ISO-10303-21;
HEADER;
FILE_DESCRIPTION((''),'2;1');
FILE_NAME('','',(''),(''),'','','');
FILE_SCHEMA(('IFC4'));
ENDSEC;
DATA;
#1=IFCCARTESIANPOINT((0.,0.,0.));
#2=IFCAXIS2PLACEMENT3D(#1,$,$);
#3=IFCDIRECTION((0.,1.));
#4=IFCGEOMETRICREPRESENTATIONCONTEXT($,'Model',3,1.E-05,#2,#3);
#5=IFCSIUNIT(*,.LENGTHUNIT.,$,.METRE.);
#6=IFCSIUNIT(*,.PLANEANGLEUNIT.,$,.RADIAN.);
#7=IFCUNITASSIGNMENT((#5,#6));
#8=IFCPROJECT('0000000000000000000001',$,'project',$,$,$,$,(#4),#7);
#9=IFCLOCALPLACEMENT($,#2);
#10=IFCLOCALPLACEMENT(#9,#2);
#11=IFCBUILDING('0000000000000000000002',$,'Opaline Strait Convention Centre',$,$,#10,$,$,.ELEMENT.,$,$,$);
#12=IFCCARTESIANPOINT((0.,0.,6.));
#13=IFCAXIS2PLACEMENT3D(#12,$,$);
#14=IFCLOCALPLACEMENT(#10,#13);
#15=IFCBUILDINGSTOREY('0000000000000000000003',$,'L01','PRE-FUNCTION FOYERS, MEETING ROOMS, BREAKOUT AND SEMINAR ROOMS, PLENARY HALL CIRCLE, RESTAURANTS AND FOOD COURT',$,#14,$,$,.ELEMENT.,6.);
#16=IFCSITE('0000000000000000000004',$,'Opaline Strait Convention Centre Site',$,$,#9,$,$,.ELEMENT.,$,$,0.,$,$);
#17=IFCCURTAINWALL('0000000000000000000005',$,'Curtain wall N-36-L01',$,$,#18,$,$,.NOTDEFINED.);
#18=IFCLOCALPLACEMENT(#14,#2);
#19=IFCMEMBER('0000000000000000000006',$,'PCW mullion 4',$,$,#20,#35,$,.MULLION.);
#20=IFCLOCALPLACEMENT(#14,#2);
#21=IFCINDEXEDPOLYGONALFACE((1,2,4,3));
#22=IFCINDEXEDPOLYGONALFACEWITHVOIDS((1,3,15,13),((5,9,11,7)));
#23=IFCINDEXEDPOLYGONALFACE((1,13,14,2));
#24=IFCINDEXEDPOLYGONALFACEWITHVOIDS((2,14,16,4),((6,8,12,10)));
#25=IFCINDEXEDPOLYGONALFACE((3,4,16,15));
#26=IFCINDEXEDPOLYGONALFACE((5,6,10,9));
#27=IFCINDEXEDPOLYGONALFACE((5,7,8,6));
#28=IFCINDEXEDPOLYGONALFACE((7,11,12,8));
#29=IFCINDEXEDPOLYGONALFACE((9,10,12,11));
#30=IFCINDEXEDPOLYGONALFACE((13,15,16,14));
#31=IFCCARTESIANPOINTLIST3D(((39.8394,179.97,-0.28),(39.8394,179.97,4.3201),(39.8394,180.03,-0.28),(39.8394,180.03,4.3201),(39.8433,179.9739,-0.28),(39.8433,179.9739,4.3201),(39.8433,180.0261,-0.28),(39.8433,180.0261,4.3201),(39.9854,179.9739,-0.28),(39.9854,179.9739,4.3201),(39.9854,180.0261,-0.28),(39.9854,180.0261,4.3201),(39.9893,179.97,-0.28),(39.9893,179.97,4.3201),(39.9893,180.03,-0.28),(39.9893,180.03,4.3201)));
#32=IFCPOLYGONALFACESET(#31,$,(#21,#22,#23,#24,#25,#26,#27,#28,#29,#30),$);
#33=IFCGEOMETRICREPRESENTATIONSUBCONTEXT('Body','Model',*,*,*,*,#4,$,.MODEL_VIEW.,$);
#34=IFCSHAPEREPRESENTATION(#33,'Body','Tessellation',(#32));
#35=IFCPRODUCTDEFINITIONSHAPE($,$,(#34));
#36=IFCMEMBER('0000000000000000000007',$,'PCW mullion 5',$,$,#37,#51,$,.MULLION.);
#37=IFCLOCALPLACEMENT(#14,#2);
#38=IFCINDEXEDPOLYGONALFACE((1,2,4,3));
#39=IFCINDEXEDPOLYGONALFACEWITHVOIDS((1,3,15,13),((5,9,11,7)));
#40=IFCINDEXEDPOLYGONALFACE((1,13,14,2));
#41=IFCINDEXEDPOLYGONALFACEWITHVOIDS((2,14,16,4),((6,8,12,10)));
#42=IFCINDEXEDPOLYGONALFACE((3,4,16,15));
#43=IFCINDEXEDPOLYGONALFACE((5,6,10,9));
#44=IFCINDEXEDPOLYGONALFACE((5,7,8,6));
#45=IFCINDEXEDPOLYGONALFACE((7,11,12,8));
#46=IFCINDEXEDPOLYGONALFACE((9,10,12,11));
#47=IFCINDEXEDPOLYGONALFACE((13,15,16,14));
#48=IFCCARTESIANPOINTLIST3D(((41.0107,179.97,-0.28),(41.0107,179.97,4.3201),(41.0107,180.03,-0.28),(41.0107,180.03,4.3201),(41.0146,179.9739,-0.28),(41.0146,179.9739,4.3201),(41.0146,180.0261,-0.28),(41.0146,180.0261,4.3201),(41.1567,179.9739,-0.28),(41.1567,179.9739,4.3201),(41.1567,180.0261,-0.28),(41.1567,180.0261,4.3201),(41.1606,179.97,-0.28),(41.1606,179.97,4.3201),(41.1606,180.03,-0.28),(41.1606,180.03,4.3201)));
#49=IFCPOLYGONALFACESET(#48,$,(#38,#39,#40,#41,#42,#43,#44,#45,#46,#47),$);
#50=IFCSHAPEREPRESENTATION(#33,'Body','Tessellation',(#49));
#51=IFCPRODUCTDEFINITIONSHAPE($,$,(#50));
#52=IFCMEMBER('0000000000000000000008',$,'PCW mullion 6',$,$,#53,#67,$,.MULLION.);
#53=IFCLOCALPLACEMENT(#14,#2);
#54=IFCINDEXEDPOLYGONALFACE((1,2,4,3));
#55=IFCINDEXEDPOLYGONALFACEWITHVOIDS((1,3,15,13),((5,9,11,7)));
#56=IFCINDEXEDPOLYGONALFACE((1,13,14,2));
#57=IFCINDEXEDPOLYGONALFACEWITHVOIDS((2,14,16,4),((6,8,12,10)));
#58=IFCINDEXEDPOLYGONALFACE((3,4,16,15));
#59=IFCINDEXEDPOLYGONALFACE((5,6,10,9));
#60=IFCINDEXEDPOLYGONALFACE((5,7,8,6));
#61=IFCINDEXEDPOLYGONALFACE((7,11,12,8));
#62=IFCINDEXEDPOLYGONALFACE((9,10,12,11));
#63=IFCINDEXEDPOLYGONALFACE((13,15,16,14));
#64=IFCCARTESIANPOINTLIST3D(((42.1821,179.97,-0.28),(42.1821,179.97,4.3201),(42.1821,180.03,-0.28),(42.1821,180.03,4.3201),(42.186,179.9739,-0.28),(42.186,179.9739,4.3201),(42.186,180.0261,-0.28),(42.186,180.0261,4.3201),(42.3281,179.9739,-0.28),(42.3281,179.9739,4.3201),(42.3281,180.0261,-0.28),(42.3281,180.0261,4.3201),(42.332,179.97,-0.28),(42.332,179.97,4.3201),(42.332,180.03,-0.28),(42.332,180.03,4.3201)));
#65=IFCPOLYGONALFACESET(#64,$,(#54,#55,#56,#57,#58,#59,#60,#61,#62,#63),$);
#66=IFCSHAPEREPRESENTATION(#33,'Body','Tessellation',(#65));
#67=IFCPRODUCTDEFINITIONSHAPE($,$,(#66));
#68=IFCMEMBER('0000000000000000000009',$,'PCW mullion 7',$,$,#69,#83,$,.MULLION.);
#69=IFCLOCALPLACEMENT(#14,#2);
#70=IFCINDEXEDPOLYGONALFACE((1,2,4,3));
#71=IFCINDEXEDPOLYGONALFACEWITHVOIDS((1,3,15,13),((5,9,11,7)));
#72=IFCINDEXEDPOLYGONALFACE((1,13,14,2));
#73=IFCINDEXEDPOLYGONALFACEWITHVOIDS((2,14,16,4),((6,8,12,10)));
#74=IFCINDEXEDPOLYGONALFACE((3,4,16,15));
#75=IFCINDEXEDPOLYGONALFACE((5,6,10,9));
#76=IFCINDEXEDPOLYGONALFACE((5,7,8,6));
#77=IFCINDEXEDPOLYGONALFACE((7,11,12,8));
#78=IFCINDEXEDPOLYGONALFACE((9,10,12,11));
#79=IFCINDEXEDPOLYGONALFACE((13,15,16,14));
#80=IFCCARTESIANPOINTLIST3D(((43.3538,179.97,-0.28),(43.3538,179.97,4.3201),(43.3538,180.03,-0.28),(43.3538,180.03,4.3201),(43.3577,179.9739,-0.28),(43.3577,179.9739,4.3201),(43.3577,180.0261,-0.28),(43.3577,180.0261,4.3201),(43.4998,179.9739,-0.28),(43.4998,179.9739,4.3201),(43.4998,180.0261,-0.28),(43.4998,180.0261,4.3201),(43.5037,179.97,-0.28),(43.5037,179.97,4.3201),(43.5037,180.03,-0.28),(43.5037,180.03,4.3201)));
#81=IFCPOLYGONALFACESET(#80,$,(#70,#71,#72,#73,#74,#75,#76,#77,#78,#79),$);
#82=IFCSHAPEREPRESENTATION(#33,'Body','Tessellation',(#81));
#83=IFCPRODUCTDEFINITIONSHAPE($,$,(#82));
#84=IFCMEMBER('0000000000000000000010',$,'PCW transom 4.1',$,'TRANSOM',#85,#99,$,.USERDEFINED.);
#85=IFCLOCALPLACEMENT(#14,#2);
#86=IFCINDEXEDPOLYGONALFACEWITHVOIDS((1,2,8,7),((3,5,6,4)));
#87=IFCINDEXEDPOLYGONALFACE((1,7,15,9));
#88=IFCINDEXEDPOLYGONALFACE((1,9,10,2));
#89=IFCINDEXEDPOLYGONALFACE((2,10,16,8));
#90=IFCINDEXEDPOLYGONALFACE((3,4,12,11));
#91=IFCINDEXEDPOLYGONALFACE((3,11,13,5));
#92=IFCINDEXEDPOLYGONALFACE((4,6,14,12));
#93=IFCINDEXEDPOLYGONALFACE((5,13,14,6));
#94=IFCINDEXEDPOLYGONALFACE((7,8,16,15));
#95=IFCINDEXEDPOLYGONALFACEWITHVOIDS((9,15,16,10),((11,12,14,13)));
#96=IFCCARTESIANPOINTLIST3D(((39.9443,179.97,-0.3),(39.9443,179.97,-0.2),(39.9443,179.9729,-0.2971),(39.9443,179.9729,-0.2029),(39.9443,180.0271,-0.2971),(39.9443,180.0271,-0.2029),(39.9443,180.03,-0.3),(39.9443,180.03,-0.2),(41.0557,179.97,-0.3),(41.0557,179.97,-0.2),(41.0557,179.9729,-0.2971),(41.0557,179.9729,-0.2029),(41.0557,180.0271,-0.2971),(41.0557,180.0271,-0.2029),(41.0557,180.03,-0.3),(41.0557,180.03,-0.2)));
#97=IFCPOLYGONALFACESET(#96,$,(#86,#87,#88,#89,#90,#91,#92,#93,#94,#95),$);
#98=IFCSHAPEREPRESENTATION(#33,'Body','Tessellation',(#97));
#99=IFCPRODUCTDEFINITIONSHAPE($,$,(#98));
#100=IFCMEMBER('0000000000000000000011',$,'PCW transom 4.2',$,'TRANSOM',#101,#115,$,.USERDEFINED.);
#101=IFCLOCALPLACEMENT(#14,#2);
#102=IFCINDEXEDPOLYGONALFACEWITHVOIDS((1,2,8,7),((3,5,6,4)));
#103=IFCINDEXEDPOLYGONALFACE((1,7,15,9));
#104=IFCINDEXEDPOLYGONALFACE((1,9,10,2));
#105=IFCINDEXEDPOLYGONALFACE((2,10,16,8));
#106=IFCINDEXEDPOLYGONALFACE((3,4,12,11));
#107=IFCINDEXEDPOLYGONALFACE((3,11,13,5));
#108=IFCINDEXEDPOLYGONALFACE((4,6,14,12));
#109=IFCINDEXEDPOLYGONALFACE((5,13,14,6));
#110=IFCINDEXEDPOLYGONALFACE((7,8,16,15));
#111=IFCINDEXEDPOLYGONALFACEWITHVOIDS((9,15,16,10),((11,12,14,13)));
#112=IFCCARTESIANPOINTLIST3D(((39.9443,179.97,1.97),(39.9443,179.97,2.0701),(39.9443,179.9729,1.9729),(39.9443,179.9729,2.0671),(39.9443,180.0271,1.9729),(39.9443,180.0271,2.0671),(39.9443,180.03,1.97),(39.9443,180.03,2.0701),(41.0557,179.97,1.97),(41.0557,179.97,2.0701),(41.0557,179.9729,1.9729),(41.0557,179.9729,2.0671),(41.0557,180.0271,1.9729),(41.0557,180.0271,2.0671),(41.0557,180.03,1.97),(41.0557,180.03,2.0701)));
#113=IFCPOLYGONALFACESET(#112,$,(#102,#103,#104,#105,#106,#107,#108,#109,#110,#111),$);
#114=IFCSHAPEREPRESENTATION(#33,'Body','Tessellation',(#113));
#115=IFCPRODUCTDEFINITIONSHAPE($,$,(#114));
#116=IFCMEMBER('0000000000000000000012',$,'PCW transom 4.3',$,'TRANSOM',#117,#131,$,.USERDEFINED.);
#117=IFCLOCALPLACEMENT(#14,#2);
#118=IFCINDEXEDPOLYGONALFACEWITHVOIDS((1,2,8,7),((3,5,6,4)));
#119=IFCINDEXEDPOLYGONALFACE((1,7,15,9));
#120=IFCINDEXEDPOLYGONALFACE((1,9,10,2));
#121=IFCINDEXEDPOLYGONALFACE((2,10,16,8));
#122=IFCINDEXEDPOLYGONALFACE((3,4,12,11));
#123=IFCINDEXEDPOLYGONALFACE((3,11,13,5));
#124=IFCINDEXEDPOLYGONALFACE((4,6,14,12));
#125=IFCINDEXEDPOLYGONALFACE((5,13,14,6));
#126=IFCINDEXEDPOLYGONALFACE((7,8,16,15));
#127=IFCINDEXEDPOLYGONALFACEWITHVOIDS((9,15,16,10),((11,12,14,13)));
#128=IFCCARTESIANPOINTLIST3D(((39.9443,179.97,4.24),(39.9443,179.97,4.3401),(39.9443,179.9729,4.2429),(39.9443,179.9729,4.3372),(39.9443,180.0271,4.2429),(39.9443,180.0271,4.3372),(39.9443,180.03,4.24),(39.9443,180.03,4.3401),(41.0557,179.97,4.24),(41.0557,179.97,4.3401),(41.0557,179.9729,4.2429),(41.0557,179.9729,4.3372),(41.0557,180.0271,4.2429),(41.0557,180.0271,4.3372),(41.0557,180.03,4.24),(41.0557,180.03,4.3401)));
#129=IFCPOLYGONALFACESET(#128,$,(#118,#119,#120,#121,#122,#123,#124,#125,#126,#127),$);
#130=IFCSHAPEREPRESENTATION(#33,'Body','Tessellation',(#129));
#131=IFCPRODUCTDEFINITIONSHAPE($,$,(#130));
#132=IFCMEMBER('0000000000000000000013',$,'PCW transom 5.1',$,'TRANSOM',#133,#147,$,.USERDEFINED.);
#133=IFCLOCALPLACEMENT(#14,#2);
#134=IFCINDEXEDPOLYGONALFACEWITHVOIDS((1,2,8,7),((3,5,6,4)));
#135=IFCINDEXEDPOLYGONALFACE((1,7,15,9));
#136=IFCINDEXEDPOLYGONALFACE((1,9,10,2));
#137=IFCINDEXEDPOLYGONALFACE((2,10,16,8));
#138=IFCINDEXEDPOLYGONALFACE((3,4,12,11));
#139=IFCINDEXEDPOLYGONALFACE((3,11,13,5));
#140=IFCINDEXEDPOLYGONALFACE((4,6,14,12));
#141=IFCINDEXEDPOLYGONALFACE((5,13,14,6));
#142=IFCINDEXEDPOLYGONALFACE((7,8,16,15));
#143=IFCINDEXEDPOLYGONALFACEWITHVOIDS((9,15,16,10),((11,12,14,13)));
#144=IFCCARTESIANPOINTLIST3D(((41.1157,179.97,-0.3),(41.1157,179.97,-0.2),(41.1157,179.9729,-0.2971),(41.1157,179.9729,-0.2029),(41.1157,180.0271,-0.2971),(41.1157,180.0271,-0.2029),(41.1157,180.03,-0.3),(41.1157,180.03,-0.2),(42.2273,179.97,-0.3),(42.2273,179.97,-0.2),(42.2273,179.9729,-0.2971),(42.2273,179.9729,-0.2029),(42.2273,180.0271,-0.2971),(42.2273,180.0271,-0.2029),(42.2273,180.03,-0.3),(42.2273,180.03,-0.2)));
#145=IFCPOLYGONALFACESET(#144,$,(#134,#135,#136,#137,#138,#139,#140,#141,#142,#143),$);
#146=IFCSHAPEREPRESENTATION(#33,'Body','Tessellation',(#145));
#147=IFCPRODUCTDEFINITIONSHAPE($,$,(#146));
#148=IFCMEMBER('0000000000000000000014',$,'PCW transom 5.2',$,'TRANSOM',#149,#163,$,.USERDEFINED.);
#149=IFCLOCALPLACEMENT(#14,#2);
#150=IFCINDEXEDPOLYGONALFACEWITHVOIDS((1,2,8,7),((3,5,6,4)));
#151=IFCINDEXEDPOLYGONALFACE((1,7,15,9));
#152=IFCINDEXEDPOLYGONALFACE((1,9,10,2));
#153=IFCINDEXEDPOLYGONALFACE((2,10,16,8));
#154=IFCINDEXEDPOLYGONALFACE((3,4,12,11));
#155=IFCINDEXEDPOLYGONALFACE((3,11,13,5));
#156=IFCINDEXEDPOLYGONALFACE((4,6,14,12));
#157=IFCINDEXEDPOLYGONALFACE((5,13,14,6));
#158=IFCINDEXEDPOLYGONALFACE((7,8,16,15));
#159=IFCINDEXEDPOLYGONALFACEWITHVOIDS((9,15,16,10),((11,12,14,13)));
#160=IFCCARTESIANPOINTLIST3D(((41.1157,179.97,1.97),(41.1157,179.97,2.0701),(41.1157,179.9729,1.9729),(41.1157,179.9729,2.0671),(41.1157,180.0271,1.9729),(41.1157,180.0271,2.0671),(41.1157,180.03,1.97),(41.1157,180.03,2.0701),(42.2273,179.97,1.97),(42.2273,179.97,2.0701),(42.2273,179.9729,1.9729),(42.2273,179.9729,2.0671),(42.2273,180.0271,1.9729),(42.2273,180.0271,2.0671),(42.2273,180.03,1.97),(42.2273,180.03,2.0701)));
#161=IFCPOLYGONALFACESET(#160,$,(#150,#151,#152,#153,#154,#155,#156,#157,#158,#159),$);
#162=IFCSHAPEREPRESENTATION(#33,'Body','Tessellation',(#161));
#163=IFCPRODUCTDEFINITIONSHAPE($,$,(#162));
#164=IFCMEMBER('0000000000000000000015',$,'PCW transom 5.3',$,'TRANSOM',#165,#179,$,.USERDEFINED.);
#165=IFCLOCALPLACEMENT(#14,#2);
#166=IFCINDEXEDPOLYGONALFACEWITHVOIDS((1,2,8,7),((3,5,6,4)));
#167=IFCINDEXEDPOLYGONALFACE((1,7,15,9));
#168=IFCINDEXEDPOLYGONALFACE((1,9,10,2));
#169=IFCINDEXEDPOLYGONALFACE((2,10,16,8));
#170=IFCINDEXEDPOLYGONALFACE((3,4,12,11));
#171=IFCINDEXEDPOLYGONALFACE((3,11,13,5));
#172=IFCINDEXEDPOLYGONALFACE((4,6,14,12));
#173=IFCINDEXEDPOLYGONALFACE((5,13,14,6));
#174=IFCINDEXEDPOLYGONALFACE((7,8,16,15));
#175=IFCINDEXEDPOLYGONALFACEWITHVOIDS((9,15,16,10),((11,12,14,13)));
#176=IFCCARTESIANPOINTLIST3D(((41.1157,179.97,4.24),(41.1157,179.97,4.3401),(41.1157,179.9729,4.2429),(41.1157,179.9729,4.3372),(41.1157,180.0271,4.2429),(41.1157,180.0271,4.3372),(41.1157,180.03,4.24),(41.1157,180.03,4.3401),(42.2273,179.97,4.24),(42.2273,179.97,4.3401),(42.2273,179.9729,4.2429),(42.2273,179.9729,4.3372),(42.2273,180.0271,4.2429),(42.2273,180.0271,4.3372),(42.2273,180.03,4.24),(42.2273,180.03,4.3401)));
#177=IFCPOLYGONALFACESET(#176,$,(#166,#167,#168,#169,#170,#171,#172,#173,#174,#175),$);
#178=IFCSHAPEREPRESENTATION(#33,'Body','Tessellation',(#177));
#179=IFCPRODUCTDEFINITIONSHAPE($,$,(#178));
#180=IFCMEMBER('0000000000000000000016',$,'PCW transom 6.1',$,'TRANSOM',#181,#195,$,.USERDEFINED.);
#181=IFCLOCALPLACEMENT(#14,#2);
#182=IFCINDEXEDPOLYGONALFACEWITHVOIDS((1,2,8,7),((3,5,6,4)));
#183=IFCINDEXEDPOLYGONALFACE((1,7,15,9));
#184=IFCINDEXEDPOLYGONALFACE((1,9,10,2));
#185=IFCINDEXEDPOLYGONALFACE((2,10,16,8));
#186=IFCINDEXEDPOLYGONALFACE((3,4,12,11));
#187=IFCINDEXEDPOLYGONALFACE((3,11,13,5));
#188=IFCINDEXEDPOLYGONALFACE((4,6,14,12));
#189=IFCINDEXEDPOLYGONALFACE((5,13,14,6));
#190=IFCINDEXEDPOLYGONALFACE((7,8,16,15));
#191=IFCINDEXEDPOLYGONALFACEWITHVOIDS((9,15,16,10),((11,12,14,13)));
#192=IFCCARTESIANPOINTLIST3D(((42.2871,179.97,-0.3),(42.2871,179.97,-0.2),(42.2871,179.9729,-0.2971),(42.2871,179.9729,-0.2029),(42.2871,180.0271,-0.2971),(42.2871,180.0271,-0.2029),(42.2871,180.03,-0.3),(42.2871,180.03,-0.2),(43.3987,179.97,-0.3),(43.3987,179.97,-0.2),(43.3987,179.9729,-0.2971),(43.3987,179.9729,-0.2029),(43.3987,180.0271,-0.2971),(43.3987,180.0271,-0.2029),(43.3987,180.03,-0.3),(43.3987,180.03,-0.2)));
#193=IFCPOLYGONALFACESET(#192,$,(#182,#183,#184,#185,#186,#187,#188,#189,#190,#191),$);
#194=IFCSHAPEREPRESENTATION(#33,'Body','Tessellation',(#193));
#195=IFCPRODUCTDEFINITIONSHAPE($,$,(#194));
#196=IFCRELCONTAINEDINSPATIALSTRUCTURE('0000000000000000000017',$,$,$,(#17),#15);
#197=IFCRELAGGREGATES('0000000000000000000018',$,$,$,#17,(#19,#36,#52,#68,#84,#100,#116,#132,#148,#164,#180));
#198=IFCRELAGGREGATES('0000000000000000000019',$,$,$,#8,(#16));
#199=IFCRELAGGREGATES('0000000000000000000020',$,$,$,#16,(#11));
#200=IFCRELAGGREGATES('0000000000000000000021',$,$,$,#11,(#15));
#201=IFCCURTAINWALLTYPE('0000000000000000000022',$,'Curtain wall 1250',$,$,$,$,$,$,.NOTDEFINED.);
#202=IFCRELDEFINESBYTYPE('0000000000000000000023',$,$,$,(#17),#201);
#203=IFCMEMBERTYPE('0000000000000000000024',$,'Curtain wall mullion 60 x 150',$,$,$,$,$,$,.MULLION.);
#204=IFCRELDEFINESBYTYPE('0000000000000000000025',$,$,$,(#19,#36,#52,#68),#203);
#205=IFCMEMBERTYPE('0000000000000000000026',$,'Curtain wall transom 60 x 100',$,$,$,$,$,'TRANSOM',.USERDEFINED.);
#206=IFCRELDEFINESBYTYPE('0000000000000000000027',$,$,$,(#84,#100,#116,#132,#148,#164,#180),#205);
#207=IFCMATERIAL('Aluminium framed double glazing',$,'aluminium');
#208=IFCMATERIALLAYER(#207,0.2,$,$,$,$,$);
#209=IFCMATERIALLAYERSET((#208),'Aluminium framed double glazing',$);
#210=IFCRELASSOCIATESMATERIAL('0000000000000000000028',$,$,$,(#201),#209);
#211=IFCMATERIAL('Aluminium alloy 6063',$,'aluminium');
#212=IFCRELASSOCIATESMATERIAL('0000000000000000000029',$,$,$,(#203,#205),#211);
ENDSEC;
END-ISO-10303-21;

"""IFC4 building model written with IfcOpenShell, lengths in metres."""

from ifc_helpers import new_model, si_unit, direction, frame, origin, origin_2d, place, context, subcontext, project, spatial, hollow_rectangle, extrude, material, layer, layer_set, material_profile, profile_set, type_object, element, aggregate, save


model = new_model("IFC4")

# Units and contexts
model_context = context("Model", 3, precision=1e-05, world=origin(), true_north=direction((0.0, 1.0)))
body_context = subcontext(model_context, "Body", "Model", "MODEL_VIEW")
ifc_project = project(units=[si_unit("LENGTHUNIT", "METRE"), si_unit("PLANEANGLEUNIT", "RADIAN")], contexts=[model_context])

# Site, building, storey
site_placement = place(None, origin())
site = spatial("IfcSite", under=ifc_project, at=site_placement, Name="Opaline Strait Convention Centre Site", CompositionType="ELEMENT", RefElevation=0.0)
building_placement = place(site_placement, origin())
building = spatial("IfcBuilding", under=site, at=building_placement, Name="Opaline Strait Convention Centre", CompositionType="ELEMENT")
storey_placement = place(building_placement, frame((0.0, 0.0, 6.0)))
storey = spatial("IfcBuildingStorey", under=building, at=storey_placement, Name="L01", Description="PRE-FUNCTION FOYERS, MEETING ROOMS, BREAKOUT AND SEMINAR ROOMS, PLENARY HALL CIRCLE, RESTAURANTS AND FOOD COURT", CompositionType="ELEMENT", Elevation=6.0)

# Curtain wall, members
ifc_material_1 = material(Name="Aluminium framed double glazing", Category="aluminium")
ifc_layer_1 = layer(ifc_material_1, 0.2)
ifc_layer_set_1 = layer_set([ifc_layer_1], Name="Aluminium framed double glazing")
curtain_wall_type = type_object("IfcCurtainWallType", Name="Curtain wall 1250", PredefinedType="NOTDEFINED", material=ifc_layer_set_1)
curtain_wall_placement = place(storey_placement, origin())
curtain_wall = element("IfcCurtainWall", 1, at=curtain_wall_placement, inside=storey, type_object=curtain_wall_type, Name="Curtain wall N-36-L01", PredefinedType="NOTDEFINED")
ifc_material_2 = material(Name="Aluminium alloy 6063", Category="aluminium")
ifc_material_profile_1 = material_profile(ifc_material_2, hollow_rectangle(XDim=0.0601, YDim=0.1499, WallThickness=0.0039, at=origin_2d()), Name="MULLION 60x150x4")
ifc_profile_set_1 = profile_set([ifc_material_profile_1], Name="Aluminium alloy 6063")
member_type_1 = type_object("IfcMemberType", Name="Curtain wall mullion 60 x 150", PredefinedType="MULLION", material=ifc_profile_set_1)
member_1_placement = place(storey_placement, frame((39.9143, 180.0, -0.28), z_axis=(0.0, 0.0, 1.0), x_axis=(0.0, 1.0, 0.0)))
member_1 = element("IfcMember", 2, at=member_1_placement, type_object=member_type_1, Name="PCW mullion 4", PredefinedType="MULLION", context=body_context, shape_type="SweptSolid", body=[
    extrude(hollow_rectangle(XDim=0.0601, YDim=0.1499, WallThickness=0.0039, at=origin_2d()), origin(), (0.0, 0.0, 1.0), 4.6001),
])
member_2_placement = place(storey_placement, frame((41.0857, 180.0, -0.28), z_axis=(0.0, 0.0, 1.0), x_axis=(0.0, 1.0, 0.0)))
member_2 = element("IfcMember", 3, at=member_2_placement, type_object=member_type_1, Name="PCW mullion 5", PredefinedType="MULLION", context=body_context, shape_type="SweptSolid", body=[
    extrude(hollow_rectangle(XDim=0.0601, YDim=0.1499, WallThickness=0.0039, at=origin_2d()), origin(), (0.0, 0.0, 1.0), 4.6001),
])
member_3_placement = place(storey_placement, frame((42.2571, 180.0, -0.28), z_axis=(0.0, 0.0, 1.0), x_axis=(0.0, 1.0, 0.0)))
member_3 = element("IfcMember", 4, at=member_3_placement, type_object=member_type_1, Name="PCW mullion 6", PredefinedType="MULLION", context=body_context, shape_type="SweptSolid", body=[
    extrude(hollow_rectangle(XDim=0.0601, YDim=0.1499, WallThickness=0.0039, at=origin_2d()), origin(), (0.0, 0.0, 1.0), 4.6001),
])
member_4_placement = place(storey_placement, frame((43.4287, 180.0, -0.28), z_axis=(0.0, 0.0, 1.0), x_axis=(0.0, 1.0, 0.0)))
member_4 = element("IfcMember", 5, at=member_4_placement, type_object=member_type_1, Name="PCW mullion 7", PredefinedType="MULLION", context=body_context, shape_type="SweptSolid", body=[
    extrude(hollow_rectangle(XDim=0.0601, YDim=0.1499, WallThickness=0.0039, at=origin_2d()), origin(), (0.0, 0.0, 1.0), 4.6001),
])
ifc_material_profile_2 = material_profile(ifc_material_2, hollow_rectangle(XDim=0.0601, YDim=0.1001, WallThickness=0.0029, at=origin_2d()), Name="TRANSOM 60x100x3")
ifc_profile_set_2 = profile_set([ifc_material_profile_2], Name="Aluminium alloy 6063")
member_type_2 = type_object("IfcMemberType", Name="Curtain wall transom 60 x 100", ElementType="TRANSOM", PredefinedType="USERDEFINED", material=ifc_profile_set_2)
member_5_placement = place(storey_placement, frame((39.9443, 180.0, -0.25), z_axis=(1.0, 0.0, 0.0), x_axis=(0.0, 1.0, 0.0)))
member_5 = element("IfcMember", 6, at=member_5_placement, type_object=member_type_2, Name="PCW transom 4.1", ObjectType="TRANSOM", PredefinedType="USERDEFINED", context=body_context, shape_type="SweptSolid", body=[
    extrude(hollow_rectangle(XDim=0.0601, YDim=0.1001, WallThickness=0.0029, at=origin_2d()), origin(), (0.0, 0.0, 1.0), 1.1113),
])
member_6_placement = place(storey_placement, frame((39.9443, 180.0, 2.02), z_axis=(1.0, 0.0, 0.0), x_axis=(0.0, 1.0, 0.0)))
member_6 = element("IfcMember", 7, at=member_6_placement, type_object=member_type_2, Name="PCW transom 4.2", ObjectType="TRANSOM", PredefinedType="USERDEFINED", context=body_context, shape_type="SweptSolid", body=[
    extrude(hollow_rectangle(XDim=0.0601, YDim=0.1001, WallThickness=0.0029, at=origin_2d()), origin(), (0.0, 0.0, 1.0), 1.1113),
])
member_7_placement = place(storey_placement, frame((39.9443, 180.0, 4.29), z_axis=(1.0, 0.0, 0.0), x_axis=(0.0, 1.0, 0.0)))
member_7 = element("IfcMember", 8, at=member_7_placement, type_object=member_type_2, Name="PCW transom 4.3", ObjectType="TRANSOM", PredefinedType="USERDEFINED", context=body_context, shape_type="SweptSolid", body=[
    extrude(hollow_rectangle(XDim=0.0601, YDim=0.1001, WallThickness=0.0029, at=origin_2d()), origin(), (0.0, 0.0, 1.0), 1.1113),
])
member_8_placement = place(storey_placement, frame((41.1157, 180.0, -0.25), z_axis=(1.0, 0.0, 0.0), x_axis=(0.0, 1.0, 0.0)))
member_8 = element("IfcMember", 9, at=member_8_placement, type_object=member_type_2, Name="PCW transom 5.1", ObjectType="TRANSOM", PredefinedType="USERDEFINED", context=body_context, shape_type="SweptSolid", body=[
    extrude(hollow_rectangle(XDim=0.0601, YDim=0.1001, WallThickness=0.0029, at=origin_2d()), origin(), (0.0, 0.0, 1.0), 1.1116),
])
member_9_placement = place(storey_placement, frame((41.1157, 180.0, 2.02), z_axis=(1.0, 0.0, 0.0), x_axis=(0.0, 1.0, 0.0)))
member_9 = element("IfcMember", 10, at=member_9_placement, type_object=member_type_2, Name="PCW transom 5.2", ObjectType="TRANSOM", PredefinedType="USERDEFINED", context=body_context, shape_type="SweptSolid", body=[
    extrude(hollow_rectangle(XDim=0.0601, YDim=0.1001, WallThickness=0.0029, at=origin_2d()), origin(), (0.0, 0.0, 1.0), 1.1116),
])
member_10_placement = place(storey_placement, frame((41.1157, 180.0, 4.29), z_axis=(1.0, 0.0, 0.0), x_axis=(0.0, 1.0, 0.0)))
member_10 = element("IfcMember", 11, at=member_10_placement, type_object=member_type_2, Name="PCW transom 5.3", ObjectType="TRANSOM", PredefinedType="USERDEFINED", context=body_context, shape_type="SweptSolid", body=[
    extrude(hollow_rectangle(XDim=0.0601, YDim=0.1001, WallThickness=0.0029, at=origin_2d()), origin(), (0.0, 0.0, 1.0), 1.1116),
])
member_11_placement = place(storey_placement, frame((42.2871, 180.0, -0.25), z_axis=(1.0, 0.0, 0.0), x_axis=(0.0, 1.0, 0.0)))
member_11 = element("IfcMember", 12, at=member_11_placement, type_object=member_type_2, Name="PCW transom 6.1", ObjectType="TRANSOM", PredefinedType="USERDEFINED", context=body_context, shape_type="SweptSolid", body=[
    extrude(hollow_rectangle(XDim=0.0601, YDim=0.1001, WallThickness=0.0029, at=origin_2d()), origin(), (0.0, 0.0, 1.0), 1.1116),
])
aggregate(curtain_wall, [member_1, member_2, member_3, member_4, member_5, member_6, member_7, member_8, member_9, member_10, member_11])

save(model, "model.ifc")
